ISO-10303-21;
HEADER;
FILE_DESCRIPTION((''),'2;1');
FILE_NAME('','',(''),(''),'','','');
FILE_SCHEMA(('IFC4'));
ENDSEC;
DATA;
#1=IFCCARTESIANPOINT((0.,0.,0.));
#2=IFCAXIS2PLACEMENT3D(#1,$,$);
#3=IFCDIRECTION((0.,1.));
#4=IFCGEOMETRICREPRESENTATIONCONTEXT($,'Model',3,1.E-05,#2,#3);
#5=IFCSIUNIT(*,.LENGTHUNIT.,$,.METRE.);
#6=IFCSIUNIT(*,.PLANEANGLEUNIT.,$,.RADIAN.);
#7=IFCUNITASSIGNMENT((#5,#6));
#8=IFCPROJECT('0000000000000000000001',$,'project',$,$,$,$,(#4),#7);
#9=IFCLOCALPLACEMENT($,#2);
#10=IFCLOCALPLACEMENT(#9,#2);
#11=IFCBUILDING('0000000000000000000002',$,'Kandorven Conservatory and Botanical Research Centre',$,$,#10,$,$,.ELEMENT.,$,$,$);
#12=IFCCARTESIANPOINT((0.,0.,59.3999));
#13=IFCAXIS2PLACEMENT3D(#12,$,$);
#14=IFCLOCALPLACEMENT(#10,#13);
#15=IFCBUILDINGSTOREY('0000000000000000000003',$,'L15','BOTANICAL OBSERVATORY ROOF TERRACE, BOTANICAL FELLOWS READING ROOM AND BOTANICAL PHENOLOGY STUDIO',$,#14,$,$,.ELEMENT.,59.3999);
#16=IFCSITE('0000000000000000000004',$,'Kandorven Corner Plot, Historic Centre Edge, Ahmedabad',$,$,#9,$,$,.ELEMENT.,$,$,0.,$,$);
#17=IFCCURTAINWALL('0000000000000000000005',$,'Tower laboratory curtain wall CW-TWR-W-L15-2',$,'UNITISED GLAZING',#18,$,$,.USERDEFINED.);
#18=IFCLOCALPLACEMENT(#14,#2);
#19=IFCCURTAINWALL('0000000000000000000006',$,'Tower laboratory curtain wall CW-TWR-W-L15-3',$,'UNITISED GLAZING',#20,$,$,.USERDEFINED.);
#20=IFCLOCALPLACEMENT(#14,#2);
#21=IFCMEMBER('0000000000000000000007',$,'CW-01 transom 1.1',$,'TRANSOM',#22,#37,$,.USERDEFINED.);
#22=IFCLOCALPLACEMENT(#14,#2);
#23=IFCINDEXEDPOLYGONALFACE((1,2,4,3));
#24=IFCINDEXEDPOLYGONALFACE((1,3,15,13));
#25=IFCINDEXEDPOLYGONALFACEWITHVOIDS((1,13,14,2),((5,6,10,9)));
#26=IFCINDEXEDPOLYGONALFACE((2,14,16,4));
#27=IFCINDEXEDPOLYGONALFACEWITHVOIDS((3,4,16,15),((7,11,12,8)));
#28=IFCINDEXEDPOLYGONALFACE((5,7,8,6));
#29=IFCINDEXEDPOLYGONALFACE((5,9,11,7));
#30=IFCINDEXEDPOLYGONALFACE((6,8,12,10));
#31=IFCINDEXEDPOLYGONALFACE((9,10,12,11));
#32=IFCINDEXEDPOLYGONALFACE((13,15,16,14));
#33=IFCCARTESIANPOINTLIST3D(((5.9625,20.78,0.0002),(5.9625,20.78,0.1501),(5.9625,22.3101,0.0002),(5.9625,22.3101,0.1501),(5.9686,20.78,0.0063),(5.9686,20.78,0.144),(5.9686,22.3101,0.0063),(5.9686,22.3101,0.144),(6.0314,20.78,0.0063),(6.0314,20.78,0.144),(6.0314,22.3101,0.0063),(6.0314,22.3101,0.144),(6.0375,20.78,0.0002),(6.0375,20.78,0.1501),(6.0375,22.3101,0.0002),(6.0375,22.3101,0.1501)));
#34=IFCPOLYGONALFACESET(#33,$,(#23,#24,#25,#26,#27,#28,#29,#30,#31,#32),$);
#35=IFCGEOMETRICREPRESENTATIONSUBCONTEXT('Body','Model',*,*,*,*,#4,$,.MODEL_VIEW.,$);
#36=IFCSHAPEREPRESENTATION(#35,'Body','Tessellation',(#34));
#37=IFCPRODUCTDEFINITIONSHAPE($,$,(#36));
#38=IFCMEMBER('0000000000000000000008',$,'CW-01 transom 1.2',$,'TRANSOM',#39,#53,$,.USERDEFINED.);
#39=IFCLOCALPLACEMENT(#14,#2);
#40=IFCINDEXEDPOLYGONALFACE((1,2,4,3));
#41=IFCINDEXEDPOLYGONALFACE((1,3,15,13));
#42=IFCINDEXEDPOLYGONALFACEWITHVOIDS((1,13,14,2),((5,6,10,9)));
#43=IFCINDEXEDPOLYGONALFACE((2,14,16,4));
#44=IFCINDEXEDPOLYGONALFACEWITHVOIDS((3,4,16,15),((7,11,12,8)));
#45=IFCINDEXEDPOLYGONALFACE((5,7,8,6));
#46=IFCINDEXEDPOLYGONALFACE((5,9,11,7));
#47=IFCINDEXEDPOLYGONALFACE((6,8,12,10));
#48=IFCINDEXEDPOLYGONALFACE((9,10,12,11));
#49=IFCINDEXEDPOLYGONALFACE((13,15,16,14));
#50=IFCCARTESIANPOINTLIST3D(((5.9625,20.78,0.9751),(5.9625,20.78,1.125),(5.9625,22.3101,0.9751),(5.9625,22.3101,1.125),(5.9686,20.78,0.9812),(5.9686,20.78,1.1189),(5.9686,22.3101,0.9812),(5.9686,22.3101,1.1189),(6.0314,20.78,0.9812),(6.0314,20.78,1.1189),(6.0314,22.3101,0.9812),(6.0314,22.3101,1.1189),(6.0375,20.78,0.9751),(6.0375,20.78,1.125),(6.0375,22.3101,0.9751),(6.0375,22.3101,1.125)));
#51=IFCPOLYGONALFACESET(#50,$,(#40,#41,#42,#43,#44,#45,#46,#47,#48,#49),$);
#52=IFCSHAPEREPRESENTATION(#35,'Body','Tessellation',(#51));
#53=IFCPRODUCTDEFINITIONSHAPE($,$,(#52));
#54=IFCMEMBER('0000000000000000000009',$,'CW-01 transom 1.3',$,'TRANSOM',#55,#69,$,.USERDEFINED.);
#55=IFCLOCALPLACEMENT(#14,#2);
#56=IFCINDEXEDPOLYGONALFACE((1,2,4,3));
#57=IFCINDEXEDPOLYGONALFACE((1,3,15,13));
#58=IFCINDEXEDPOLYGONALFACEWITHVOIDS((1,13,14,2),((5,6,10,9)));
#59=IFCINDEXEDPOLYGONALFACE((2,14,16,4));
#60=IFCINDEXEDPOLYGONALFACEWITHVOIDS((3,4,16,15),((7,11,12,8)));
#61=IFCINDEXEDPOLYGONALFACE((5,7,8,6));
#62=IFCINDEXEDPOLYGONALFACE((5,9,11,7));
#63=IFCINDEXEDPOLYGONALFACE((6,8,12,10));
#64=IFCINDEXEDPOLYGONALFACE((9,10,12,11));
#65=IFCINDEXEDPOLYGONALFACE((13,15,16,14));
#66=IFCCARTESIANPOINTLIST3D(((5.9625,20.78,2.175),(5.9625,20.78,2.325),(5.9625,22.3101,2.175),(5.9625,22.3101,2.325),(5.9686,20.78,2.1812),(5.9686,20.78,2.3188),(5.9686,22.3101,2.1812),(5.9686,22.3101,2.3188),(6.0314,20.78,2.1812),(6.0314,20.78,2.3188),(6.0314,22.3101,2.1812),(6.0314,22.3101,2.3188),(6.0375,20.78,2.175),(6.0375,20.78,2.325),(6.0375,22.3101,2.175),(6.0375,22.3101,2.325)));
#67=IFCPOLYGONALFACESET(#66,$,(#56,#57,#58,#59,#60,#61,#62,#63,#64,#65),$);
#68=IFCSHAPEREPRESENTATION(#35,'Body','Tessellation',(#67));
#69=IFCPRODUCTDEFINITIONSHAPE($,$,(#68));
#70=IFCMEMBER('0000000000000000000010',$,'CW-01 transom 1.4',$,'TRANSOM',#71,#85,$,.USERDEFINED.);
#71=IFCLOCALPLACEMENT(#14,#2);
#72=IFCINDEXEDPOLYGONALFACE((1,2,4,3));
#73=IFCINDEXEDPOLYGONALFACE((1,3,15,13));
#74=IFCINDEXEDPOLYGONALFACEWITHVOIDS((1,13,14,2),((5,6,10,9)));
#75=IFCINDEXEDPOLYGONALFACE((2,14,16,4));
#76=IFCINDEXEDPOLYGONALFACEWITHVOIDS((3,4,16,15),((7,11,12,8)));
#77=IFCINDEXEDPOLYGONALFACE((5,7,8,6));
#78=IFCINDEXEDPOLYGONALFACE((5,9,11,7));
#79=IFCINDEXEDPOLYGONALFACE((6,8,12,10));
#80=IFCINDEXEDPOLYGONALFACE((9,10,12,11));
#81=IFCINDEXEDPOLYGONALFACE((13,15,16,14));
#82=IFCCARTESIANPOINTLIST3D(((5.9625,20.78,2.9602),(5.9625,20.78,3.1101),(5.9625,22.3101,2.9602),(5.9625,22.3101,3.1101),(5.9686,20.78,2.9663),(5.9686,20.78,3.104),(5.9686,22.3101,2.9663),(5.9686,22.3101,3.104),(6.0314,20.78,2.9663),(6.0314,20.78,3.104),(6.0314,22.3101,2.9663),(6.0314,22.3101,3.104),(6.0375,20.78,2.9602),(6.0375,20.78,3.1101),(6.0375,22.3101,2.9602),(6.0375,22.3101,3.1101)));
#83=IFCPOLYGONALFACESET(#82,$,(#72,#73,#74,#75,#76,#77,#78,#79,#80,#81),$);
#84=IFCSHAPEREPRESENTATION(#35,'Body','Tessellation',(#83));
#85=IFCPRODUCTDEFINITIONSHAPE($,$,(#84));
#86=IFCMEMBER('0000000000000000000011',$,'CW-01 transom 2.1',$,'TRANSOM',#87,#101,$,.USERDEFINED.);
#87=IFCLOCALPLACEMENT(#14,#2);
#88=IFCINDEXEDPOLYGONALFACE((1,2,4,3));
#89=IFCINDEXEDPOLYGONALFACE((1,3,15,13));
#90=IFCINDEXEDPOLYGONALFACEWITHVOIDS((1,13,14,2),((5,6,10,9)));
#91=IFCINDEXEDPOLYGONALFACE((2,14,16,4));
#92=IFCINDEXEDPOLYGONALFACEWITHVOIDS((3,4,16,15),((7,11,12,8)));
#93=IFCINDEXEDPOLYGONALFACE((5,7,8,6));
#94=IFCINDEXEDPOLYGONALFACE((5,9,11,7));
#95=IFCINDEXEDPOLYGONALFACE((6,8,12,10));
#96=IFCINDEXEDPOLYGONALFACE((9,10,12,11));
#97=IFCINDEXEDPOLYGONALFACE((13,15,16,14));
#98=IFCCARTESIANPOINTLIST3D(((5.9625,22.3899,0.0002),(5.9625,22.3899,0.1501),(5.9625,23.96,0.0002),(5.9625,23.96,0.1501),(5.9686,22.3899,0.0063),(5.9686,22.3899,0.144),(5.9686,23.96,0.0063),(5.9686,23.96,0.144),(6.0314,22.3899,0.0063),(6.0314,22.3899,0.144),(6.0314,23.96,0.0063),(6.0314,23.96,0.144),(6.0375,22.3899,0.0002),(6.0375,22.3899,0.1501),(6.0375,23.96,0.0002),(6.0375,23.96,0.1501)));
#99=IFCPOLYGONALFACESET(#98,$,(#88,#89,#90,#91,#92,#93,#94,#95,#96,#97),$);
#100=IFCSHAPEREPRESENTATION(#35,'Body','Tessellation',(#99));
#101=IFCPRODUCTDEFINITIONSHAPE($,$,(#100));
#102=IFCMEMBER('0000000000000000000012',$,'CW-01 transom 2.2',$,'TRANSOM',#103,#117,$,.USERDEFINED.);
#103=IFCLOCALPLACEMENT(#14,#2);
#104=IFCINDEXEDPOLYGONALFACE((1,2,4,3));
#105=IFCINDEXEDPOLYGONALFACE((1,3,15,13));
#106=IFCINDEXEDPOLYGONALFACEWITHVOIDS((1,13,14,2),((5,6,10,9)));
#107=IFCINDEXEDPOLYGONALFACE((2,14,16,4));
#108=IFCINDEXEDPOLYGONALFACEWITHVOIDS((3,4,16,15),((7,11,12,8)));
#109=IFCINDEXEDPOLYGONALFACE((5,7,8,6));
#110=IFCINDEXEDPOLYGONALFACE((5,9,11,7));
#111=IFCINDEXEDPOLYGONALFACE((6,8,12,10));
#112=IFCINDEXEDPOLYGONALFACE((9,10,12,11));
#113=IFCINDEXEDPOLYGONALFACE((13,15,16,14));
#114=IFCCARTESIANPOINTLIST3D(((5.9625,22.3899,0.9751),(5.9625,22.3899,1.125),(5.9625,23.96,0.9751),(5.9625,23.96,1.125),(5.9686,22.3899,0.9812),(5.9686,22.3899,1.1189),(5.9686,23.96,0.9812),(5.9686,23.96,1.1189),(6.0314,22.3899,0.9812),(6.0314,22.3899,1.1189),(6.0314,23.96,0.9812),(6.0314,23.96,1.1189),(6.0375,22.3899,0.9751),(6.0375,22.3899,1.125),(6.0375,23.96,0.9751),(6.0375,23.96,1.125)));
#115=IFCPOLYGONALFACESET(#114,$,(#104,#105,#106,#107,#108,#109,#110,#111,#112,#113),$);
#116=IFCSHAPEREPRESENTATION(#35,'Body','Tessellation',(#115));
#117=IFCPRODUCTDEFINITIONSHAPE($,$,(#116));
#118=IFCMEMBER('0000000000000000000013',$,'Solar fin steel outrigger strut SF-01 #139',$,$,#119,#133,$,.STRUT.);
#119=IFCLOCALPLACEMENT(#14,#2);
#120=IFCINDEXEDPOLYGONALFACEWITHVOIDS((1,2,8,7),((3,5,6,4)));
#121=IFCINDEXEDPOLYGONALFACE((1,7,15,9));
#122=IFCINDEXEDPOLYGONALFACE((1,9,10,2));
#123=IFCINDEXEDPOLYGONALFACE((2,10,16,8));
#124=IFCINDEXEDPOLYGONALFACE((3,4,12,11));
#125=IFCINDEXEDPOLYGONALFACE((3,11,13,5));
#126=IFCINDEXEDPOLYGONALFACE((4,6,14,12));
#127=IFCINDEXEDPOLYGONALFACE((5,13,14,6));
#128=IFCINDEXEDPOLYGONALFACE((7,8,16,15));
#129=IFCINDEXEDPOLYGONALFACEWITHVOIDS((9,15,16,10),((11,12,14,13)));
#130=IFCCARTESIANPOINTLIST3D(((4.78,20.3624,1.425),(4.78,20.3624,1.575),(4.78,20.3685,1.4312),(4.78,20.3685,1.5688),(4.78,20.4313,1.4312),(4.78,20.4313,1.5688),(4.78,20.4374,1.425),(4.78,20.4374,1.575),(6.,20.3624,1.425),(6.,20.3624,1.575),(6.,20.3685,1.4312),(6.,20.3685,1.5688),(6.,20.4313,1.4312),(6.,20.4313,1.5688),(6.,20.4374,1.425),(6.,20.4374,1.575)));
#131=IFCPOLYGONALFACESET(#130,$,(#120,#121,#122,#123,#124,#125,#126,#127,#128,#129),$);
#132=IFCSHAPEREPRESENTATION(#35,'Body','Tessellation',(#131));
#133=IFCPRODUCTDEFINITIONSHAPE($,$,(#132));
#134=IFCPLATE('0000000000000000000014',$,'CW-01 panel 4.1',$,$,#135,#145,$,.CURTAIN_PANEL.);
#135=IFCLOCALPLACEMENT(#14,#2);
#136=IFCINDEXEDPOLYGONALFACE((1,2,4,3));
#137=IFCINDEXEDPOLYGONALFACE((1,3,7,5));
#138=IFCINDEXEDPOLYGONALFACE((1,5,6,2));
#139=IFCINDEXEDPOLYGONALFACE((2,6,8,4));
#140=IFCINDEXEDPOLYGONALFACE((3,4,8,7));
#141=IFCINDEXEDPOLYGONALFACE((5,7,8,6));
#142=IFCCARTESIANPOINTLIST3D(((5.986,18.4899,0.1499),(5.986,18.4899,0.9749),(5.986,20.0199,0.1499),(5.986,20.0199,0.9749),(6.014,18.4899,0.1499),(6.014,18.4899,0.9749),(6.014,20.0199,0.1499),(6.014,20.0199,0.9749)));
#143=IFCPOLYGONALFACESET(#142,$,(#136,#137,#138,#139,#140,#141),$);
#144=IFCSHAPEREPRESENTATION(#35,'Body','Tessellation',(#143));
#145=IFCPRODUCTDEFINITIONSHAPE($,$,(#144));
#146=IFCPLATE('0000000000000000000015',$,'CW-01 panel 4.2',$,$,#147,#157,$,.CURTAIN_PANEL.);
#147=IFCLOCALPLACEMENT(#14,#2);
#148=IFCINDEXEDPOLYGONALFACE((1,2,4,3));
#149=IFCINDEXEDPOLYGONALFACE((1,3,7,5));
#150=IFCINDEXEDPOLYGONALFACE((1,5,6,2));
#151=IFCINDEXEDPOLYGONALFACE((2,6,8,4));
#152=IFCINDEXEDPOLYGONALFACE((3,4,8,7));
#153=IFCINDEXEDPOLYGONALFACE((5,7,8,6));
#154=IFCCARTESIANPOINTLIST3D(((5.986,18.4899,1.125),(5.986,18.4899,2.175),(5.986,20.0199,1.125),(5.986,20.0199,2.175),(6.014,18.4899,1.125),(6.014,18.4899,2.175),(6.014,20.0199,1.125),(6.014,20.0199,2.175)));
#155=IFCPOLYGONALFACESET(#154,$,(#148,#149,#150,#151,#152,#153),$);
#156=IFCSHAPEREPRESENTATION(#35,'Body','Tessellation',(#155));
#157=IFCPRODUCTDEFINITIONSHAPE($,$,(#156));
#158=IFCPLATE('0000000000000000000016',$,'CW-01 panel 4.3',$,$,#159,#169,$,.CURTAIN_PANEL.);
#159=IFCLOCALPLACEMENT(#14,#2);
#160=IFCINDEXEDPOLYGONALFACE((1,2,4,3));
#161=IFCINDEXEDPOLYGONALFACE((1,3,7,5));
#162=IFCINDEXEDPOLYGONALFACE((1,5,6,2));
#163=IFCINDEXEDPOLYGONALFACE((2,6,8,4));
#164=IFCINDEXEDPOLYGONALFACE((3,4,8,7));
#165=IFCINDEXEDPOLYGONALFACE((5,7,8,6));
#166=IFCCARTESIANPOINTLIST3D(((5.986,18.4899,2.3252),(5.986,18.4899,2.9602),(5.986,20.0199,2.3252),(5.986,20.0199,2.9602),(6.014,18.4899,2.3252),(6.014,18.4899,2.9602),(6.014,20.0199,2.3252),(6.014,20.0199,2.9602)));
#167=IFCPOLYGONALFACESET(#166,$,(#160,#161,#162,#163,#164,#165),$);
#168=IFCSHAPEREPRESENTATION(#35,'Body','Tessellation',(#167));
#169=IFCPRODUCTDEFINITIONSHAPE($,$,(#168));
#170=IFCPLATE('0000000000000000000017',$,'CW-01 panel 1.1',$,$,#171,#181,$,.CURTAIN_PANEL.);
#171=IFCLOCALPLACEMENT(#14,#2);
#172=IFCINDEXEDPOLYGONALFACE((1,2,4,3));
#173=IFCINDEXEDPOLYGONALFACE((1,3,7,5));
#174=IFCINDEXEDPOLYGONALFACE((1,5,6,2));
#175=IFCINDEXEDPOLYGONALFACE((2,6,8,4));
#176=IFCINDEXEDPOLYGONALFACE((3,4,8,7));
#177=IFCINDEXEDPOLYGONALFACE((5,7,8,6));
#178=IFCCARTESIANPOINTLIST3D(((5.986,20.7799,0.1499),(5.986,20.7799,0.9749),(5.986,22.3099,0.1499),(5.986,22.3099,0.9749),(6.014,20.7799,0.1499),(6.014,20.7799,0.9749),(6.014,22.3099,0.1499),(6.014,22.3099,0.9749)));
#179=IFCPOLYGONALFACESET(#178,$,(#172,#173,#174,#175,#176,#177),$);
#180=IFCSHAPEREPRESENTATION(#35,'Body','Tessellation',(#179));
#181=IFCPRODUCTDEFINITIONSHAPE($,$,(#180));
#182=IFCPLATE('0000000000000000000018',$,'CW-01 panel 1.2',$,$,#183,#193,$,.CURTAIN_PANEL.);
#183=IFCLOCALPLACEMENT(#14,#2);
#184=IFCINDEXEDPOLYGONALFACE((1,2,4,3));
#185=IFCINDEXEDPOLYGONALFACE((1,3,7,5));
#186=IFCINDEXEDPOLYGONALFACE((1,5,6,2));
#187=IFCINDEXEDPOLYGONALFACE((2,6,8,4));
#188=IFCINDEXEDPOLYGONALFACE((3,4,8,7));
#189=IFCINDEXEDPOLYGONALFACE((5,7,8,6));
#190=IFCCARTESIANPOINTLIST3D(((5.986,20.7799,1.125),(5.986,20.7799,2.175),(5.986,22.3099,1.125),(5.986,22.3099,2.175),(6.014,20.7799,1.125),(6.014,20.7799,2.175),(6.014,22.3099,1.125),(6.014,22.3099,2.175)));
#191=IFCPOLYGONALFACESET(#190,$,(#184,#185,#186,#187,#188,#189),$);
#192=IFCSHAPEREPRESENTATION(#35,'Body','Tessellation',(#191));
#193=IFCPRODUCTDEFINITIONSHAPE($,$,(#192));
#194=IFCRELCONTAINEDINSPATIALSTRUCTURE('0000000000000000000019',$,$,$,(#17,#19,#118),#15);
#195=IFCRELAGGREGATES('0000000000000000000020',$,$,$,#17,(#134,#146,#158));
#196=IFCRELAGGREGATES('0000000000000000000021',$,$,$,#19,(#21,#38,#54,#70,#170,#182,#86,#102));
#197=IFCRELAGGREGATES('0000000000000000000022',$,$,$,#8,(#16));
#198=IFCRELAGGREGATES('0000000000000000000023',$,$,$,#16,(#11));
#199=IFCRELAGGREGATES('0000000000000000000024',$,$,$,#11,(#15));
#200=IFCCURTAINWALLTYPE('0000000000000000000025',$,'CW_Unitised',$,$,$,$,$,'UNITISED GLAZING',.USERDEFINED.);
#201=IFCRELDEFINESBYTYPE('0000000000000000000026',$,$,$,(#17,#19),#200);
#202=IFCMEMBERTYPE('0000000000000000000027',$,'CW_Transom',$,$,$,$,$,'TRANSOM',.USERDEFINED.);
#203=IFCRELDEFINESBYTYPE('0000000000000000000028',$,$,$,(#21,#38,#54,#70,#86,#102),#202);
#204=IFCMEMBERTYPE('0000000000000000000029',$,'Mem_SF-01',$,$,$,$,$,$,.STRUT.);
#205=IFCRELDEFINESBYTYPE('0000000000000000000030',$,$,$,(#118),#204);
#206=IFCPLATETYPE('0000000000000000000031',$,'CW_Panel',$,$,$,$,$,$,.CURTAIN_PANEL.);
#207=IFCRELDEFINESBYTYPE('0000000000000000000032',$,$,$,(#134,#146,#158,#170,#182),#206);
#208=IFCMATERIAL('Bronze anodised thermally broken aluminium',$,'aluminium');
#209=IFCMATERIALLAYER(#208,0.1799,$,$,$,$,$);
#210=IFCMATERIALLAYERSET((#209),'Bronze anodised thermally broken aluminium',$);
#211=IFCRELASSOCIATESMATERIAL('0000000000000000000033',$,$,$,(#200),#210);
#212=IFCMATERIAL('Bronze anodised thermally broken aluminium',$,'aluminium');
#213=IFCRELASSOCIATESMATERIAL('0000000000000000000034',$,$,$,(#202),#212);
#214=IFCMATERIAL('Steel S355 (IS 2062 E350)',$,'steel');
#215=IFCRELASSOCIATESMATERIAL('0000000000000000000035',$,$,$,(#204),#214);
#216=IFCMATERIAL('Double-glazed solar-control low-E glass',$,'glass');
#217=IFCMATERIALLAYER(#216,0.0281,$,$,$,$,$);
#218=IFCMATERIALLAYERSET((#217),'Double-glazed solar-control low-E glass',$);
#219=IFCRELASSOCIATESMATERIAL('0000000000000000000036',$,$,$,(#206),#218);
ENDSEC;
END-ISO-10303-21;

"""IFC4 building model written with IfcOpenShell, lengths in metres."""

from ifc_helpers import new_model, si_unit, direction, frame, origin, origin_2d, place, context, subcontext, project, spatial, rectangle, hollow_rectangle, extrude, material, layer, layer_set, material_profile, profile_set, type_object, element, aggregate, save


model = new_model("IFC4")

# Units and contexts
model_context = context("Model", 3, precision=1e-05, world=origin(), true_north=direction((0.0, 1.0)))
body_context = subcontext(model_context, "Body", "Model", "MODEL_VIEW")
ifc_project = project(units=[si_unit("LENGTHUNIT", "METRE"), si_unit("PLANEANGLEUNIT", "RADIAN")], contexts=[model_context])

# Site, building, storey
site_placement = place(None, origin())
site = spatial("IfcSite", under=ifc_project, at=site_placement, Name="Kandorven Corner Plot, Historic Centre Edge, Ahmedabad", CompositionType="ELEMENT", RefElevation=0.0)
building_placement = place(site_placement, origin())
building = spatial("IfcBuilding", under=site, at=building_placement, Name="Kandorven Conservatory and Botanical Research Centre", CompositionType="ELEMENT")
storey_placement = place(building_placement, frame((0.0, 0.0, 59.3999)))
storey = spatial("IfcBuildingStorey", under=building, at=storey_placement, Name="L15", Description="BOTANICAL OBSERVATORY ROOF TERRACE, BOTANICAL FELLOWS READING ROOM AND BOTANICAL PHENOLOGY STUDIO", CompositionType="ELEMENT", Elevation=59.3999)

# Curtain walls
ifc_material_1 = material(Name="Bronze anodised thermally broken aluminium", Category="aluminium")
ifc_layer_1 = layer(ifc_material_1, 0.1799)
ifc_layer_set_1 = layer_set([ifc_layer_1], Name="Bronze anodised thermally broken aluminium")
curtain_wall_type = type_object("IfcCurtainWallType", Name="CW_Unitised", ElementType="UNITISED GLAZING", PredefinedType="USERDEFINED", material=ifc_layer_set_1)
curtain_wall_1_placement = place(storey_placement, origin())
curtain_wall_1 = element("IfcCurtainWall", 1, at=curtain_wall_1_placement, inside=storey, type_object=curtain_wall_type, Name="Tower laboratory curtain wall CW-TWR-W-L15-2", ObjectType="UNITISED GLAZING", PredefinedType="USERDEFINED")
curtain_wall_2_placement = place(storey_placement, origin())
curtain_wall_2 = element("IfcCurtainWall", 2, at=curtain_wall_2_placement, inside=storey, type_object=curtain_wall_type, Name="Tower laboratory curtain wall CW-TWR-W-L15-3", ObjectType="UNITISED GLAZING", PredefinedType="USERDEFINED")

# Members
ifc_material_2 = material(Name="Bronze anodised thermally broken aluminium", Category="aluminium")
ifc_material_profile_1 = material_profile(ifc_material_2, hollow_rectangle(XDim=0.075, YDim=0.1499, WallThickness=0.0061, at=origin_2d()))
ifc_profile_set_1 = profile_set([ifc_material_profile_1], Name="Bronze anodised thermally broken aluminium")
member_type_1 = type_object("IfcMemberType", Name="CW_Transom", ElementType="TRANSOM", PredefinedType="USERDEFINED", material=ifc_profile_set_1)
member_1_placement = place(storey_placement, frame((6.0, 20.78, 0.0752), z_axis=(0.0, 1.0, 0.0), x_axis=(-1.0, 0.0, 0.0)))
member_1 = element("IfcMember", 3, at=member_1_placement, type_object=member_type_1, Name="CW-01 transom 1.1", ObjectType="TRANSOM", PredefinedType="USERDEFINED", context=body_context, shape_type="SweptSolid", body=[
    extrude(hollow_rectangle(XDim=0.075, YDim=0.1499, WallThickness=0.0061, at=origin_2d()), origin(), (0.0, 0.0, 1.0), 1.53),
])
member_2_placement = place(storey_placement, frame((6.0, 20.78, 1.05), z_axis=(0.0, 1.0, 0.0), x_axis=(-1.0, 0.0, 0.0)))
member_2 = element("IfcMember", 4, at=member_2_placement, type_object=member_type_1, Name="CW-01 transom 1.2", ObjectType="TRANSOM", PredefinedType="USERDEFINED", context=body_context, shape_type="SweptSolid", body=[
    extrude(hollow_rectangle(XDim=0.075, YDim=0.1499, WallThickness=0.0061, at=origin_2d()), origin(), (0.0, 0.0, 1.0), 1.53),
])
member_3_placement = place(storey_placement, frame((6.0, 20.78, 2.25), z_axis=(0.0, 1.0, 0.0), x_axis=(-1.0, 0.0, 0.0)))
member_3 = element("IfcMember", 5, at=member_3_placement, type_object=member_type_1, Name="CW-01 transom 1.3", ObjectType="TRANSOM", PredefinedType="USERDEFINED", context=body_context, shape_type="SweptSolid", body=[
    extrude(hollow_rectangle(XDim=0.075, YDim=0.1499, WallThickness=0.0061, at=origin_2d()), origin(), (0.0, 0.0, 1.0), 1.53),
])
member_4_placement = place(storey_placement, frame((6.0, 20.78, 3.0352), z_axis=(0.0, 1.0, 0.0), x_axis=(-1.0, 0.0, 0.0)))
member_4 = element("IfcMember", 6, at=member_4_placement, type_object=member_type_1, Name="CW-01 transom 1.4", ObjectType="TRANSOM", PredefinedType="USERDEFINED", context=body_context, shape_type="SweptSolid", body=[
    extrude(hollow_rectangle(XDim=0.075, YDim=0.1499, WallThickness=0.0061, at=origin_2d()), origin(), (0.0, 0.0, 1.0), 1.53),
])
member_5_placement = place(storey_placement, frame((6.0, 22.3899, 0.0752), z_axis=(0.0, 1.0, 0.0), x_axis=(-1.0, 0.0, 0.0)))
member_5 = element("IfcMember", 7, at=member_5_placement, type_object=member_type_1, Name="CW-01 transom 2.1", ObjectType="TRANSOM", PredefinedType="USERDEFINED", context=body_context, shape_type="SweptSolid", body=[
    extrude(hollow_rectangle(XDim=0.075, YDim=0.1499, WallThickness=0.0061, at=origin_2d()), origin(), (0.0, 0.0, 1.0), 1.5701),
])
member_6_placement = place(storey_placement, frame((6.0, 22.3899, 1.05), z_axis=(0.0, 1.0, 0.0), x_axis=(-1.0, 0.0, 0.0)))
member_6 = element("IfcMember", 8, at=member_6_placement, type_object=member_type_1, Name="CW-01 transom 2.2", ObjectType="TRANSOM", PredefinedType="USERDEFINED", context=body_context, shape_type="SweptSolid", body=[
    extrude(hollow_rectangle(XDim=0.075, YDim=0.1499, WallThickness=0.0061, at=origin_2d()), origin(), (0.0, 0.0, 1.0), 1.5701),
])
ifc_material_3 = material(Name="Steel S355 (IS 2062 E350)", Category="steel")
ifc_material_profile_2 = material_profile(ifc_material_3, hollow_rectangle(XDim=0.075, YDim=0.1499, WallThickness=0.0061, at=origin_2d()))
ifc_profile_set_2 = profile_set([ifc_material_profile_2], Name="Steel S355 (IS 2062 E350)")
member_type_2 = type_object("IfcMemberType", Name="Mem_SF-01", PredefinedType="STRUT", material=ifc_profile_set_2)
member_7_placement = place(storey_placement, frame((6.0, 20.3999, 1.5), z_axis=(-1.0, 0.0, 0.0), x_axis=(0.0, -1.0, 0.0)))
element("IfcMember", 9, at=member_7_placement, inside=storey, type_object=member_type_2, Name="Solar fin steel outrigger strut SF-01 #139", PredefinedType="STRUT", context=body_context, shape_type="SweptSolid", body=[
    extrude(hollow_rectangle(XDim=0.075, YDim=0.1499, WallThickness=0.0061, at=origin_2d()), origin(), (0.0, 0.0, 1.0), 1.22),
])

# Plates
ifc_material_4 = material(Name="Double-glazed solar-control low-E glass", Category="glass")
ifc_layer_2 = layer(ifc_material_4, 0.0281)
ifc_layer_set_2 = layer_set([ifc_layer_2], Name="Double-glazed solar-control low-E glass")
plate_type_1 = type_object("IfcPlateType", Name="CW_Panel", PredefinedType="CURTAIN_PANEL", material=ifc_layer_set_2)
plate_1_placement = place(storey_placement, frame((6.0, 19.2549, 0.1499), z_axis=(0.0, 0.0, 1.0), x_axis=(0.0, 1.0, 0.0)))
plate_1 = element("IfcPlate", 10, at=plate_1_placement, type_object=plate_type_1, Name="CW-01 panel 4.1", PredefinedType="CURTAIN_PANEL", context=body_context, shape_type="SweptSolid", body=[
    extrude(rectangle(XDim=1.53, YDim=0.0281, at=origin_2d()), origin(), (0.0, 0.0, 1.0), 0.825),
])
plate_2_placement = place(storey_placement, frame((6.0, 19.2549, 1.125), z_axis=(0.0, 0.0, 1.0), x_axis=(0.0, 1.0, 0.0)))
plate_2 = element("IfcPlate", 11, at=plate_2_placement, type_object=plate_type_1, Name="CW-01 panel 4.2", PredefinedType="CURTAIN_PANEL", context=body_context, shape_type="SweptSolid", body=[
    extrude(rectangle(XDim=1.53, YDim=0.0281, at=origin_2d()), origin(), (0.0, 0.0, 1.0), 1.05),
])
plate_3_placement = place(storey_placement, frame((6.0, 19.2549, 2.3252), z_axis=(0.0, 0.0, 1.0), x_axis=(0.0, 1.0, 0.0)))
plate_3 = element("IfcPlate", 12, at=plate_3_placement, type_object=plate_type_1, Name="CW-01 panel 4.3", PredefinedType="CURTAIN_PANEL", context=body_context, shape_type="SweptSolid", body=[
    extrude(rectangle(XDim=1.53, YDim=0.0281, at=origin_2d()), origin(), (0.0, 0.0, 1.0), 0.635),
])
aggregate(curtain_wall_1, [plate_1, plate_2, plate_3])
plate_4_placement = place(storey_placement, frame((6.0, 21.5449, 0.1499), z_axis=(0.0, 0.0, 1.0), x_axis=(0.0, 1.0, 0.0)))
plate_4 = element("IfcPlate", 13, at=plate_4_placement, type_object=plate_type_1, Name="CW-01 panel 1.1", PredefinedType="CURTAIN_PANEL", context=body_context, shape_type="SweptSolid", body=[
    extrude(rectangle(XDim=1.53, YDim=0.0281, at=origin_2d()), origin(), (0.0, 0.0, 1.0), 0.825),
])
plate_5_placement = place(storey_placement, frame((6.0, 21.5449, 1.125), z_axis=(0.0, 0.0, 1.0), x_axis=(0.0, 1.0, 0.0)))
plate_5 = element("IfcPlate", 14, at=plate_5_placement, type_object=plate_type_1, Name="CW-01 panel 1.2", PredefinedType="CURTAIN_PANEL", context=body_context, shape_type="SweptSolid", body=[
    extrude(rectangle(XDim=1.53, YDim=0.0281, at=origin_2d()), origin(), (0.0, 0.0, 1.0), 1.05),
])
aggregate(curtain_wall_2, [member_1, member_2, member_3, member_4, plate_4, plate_5, member_5, member_6])

save(model, "model.ifc")
